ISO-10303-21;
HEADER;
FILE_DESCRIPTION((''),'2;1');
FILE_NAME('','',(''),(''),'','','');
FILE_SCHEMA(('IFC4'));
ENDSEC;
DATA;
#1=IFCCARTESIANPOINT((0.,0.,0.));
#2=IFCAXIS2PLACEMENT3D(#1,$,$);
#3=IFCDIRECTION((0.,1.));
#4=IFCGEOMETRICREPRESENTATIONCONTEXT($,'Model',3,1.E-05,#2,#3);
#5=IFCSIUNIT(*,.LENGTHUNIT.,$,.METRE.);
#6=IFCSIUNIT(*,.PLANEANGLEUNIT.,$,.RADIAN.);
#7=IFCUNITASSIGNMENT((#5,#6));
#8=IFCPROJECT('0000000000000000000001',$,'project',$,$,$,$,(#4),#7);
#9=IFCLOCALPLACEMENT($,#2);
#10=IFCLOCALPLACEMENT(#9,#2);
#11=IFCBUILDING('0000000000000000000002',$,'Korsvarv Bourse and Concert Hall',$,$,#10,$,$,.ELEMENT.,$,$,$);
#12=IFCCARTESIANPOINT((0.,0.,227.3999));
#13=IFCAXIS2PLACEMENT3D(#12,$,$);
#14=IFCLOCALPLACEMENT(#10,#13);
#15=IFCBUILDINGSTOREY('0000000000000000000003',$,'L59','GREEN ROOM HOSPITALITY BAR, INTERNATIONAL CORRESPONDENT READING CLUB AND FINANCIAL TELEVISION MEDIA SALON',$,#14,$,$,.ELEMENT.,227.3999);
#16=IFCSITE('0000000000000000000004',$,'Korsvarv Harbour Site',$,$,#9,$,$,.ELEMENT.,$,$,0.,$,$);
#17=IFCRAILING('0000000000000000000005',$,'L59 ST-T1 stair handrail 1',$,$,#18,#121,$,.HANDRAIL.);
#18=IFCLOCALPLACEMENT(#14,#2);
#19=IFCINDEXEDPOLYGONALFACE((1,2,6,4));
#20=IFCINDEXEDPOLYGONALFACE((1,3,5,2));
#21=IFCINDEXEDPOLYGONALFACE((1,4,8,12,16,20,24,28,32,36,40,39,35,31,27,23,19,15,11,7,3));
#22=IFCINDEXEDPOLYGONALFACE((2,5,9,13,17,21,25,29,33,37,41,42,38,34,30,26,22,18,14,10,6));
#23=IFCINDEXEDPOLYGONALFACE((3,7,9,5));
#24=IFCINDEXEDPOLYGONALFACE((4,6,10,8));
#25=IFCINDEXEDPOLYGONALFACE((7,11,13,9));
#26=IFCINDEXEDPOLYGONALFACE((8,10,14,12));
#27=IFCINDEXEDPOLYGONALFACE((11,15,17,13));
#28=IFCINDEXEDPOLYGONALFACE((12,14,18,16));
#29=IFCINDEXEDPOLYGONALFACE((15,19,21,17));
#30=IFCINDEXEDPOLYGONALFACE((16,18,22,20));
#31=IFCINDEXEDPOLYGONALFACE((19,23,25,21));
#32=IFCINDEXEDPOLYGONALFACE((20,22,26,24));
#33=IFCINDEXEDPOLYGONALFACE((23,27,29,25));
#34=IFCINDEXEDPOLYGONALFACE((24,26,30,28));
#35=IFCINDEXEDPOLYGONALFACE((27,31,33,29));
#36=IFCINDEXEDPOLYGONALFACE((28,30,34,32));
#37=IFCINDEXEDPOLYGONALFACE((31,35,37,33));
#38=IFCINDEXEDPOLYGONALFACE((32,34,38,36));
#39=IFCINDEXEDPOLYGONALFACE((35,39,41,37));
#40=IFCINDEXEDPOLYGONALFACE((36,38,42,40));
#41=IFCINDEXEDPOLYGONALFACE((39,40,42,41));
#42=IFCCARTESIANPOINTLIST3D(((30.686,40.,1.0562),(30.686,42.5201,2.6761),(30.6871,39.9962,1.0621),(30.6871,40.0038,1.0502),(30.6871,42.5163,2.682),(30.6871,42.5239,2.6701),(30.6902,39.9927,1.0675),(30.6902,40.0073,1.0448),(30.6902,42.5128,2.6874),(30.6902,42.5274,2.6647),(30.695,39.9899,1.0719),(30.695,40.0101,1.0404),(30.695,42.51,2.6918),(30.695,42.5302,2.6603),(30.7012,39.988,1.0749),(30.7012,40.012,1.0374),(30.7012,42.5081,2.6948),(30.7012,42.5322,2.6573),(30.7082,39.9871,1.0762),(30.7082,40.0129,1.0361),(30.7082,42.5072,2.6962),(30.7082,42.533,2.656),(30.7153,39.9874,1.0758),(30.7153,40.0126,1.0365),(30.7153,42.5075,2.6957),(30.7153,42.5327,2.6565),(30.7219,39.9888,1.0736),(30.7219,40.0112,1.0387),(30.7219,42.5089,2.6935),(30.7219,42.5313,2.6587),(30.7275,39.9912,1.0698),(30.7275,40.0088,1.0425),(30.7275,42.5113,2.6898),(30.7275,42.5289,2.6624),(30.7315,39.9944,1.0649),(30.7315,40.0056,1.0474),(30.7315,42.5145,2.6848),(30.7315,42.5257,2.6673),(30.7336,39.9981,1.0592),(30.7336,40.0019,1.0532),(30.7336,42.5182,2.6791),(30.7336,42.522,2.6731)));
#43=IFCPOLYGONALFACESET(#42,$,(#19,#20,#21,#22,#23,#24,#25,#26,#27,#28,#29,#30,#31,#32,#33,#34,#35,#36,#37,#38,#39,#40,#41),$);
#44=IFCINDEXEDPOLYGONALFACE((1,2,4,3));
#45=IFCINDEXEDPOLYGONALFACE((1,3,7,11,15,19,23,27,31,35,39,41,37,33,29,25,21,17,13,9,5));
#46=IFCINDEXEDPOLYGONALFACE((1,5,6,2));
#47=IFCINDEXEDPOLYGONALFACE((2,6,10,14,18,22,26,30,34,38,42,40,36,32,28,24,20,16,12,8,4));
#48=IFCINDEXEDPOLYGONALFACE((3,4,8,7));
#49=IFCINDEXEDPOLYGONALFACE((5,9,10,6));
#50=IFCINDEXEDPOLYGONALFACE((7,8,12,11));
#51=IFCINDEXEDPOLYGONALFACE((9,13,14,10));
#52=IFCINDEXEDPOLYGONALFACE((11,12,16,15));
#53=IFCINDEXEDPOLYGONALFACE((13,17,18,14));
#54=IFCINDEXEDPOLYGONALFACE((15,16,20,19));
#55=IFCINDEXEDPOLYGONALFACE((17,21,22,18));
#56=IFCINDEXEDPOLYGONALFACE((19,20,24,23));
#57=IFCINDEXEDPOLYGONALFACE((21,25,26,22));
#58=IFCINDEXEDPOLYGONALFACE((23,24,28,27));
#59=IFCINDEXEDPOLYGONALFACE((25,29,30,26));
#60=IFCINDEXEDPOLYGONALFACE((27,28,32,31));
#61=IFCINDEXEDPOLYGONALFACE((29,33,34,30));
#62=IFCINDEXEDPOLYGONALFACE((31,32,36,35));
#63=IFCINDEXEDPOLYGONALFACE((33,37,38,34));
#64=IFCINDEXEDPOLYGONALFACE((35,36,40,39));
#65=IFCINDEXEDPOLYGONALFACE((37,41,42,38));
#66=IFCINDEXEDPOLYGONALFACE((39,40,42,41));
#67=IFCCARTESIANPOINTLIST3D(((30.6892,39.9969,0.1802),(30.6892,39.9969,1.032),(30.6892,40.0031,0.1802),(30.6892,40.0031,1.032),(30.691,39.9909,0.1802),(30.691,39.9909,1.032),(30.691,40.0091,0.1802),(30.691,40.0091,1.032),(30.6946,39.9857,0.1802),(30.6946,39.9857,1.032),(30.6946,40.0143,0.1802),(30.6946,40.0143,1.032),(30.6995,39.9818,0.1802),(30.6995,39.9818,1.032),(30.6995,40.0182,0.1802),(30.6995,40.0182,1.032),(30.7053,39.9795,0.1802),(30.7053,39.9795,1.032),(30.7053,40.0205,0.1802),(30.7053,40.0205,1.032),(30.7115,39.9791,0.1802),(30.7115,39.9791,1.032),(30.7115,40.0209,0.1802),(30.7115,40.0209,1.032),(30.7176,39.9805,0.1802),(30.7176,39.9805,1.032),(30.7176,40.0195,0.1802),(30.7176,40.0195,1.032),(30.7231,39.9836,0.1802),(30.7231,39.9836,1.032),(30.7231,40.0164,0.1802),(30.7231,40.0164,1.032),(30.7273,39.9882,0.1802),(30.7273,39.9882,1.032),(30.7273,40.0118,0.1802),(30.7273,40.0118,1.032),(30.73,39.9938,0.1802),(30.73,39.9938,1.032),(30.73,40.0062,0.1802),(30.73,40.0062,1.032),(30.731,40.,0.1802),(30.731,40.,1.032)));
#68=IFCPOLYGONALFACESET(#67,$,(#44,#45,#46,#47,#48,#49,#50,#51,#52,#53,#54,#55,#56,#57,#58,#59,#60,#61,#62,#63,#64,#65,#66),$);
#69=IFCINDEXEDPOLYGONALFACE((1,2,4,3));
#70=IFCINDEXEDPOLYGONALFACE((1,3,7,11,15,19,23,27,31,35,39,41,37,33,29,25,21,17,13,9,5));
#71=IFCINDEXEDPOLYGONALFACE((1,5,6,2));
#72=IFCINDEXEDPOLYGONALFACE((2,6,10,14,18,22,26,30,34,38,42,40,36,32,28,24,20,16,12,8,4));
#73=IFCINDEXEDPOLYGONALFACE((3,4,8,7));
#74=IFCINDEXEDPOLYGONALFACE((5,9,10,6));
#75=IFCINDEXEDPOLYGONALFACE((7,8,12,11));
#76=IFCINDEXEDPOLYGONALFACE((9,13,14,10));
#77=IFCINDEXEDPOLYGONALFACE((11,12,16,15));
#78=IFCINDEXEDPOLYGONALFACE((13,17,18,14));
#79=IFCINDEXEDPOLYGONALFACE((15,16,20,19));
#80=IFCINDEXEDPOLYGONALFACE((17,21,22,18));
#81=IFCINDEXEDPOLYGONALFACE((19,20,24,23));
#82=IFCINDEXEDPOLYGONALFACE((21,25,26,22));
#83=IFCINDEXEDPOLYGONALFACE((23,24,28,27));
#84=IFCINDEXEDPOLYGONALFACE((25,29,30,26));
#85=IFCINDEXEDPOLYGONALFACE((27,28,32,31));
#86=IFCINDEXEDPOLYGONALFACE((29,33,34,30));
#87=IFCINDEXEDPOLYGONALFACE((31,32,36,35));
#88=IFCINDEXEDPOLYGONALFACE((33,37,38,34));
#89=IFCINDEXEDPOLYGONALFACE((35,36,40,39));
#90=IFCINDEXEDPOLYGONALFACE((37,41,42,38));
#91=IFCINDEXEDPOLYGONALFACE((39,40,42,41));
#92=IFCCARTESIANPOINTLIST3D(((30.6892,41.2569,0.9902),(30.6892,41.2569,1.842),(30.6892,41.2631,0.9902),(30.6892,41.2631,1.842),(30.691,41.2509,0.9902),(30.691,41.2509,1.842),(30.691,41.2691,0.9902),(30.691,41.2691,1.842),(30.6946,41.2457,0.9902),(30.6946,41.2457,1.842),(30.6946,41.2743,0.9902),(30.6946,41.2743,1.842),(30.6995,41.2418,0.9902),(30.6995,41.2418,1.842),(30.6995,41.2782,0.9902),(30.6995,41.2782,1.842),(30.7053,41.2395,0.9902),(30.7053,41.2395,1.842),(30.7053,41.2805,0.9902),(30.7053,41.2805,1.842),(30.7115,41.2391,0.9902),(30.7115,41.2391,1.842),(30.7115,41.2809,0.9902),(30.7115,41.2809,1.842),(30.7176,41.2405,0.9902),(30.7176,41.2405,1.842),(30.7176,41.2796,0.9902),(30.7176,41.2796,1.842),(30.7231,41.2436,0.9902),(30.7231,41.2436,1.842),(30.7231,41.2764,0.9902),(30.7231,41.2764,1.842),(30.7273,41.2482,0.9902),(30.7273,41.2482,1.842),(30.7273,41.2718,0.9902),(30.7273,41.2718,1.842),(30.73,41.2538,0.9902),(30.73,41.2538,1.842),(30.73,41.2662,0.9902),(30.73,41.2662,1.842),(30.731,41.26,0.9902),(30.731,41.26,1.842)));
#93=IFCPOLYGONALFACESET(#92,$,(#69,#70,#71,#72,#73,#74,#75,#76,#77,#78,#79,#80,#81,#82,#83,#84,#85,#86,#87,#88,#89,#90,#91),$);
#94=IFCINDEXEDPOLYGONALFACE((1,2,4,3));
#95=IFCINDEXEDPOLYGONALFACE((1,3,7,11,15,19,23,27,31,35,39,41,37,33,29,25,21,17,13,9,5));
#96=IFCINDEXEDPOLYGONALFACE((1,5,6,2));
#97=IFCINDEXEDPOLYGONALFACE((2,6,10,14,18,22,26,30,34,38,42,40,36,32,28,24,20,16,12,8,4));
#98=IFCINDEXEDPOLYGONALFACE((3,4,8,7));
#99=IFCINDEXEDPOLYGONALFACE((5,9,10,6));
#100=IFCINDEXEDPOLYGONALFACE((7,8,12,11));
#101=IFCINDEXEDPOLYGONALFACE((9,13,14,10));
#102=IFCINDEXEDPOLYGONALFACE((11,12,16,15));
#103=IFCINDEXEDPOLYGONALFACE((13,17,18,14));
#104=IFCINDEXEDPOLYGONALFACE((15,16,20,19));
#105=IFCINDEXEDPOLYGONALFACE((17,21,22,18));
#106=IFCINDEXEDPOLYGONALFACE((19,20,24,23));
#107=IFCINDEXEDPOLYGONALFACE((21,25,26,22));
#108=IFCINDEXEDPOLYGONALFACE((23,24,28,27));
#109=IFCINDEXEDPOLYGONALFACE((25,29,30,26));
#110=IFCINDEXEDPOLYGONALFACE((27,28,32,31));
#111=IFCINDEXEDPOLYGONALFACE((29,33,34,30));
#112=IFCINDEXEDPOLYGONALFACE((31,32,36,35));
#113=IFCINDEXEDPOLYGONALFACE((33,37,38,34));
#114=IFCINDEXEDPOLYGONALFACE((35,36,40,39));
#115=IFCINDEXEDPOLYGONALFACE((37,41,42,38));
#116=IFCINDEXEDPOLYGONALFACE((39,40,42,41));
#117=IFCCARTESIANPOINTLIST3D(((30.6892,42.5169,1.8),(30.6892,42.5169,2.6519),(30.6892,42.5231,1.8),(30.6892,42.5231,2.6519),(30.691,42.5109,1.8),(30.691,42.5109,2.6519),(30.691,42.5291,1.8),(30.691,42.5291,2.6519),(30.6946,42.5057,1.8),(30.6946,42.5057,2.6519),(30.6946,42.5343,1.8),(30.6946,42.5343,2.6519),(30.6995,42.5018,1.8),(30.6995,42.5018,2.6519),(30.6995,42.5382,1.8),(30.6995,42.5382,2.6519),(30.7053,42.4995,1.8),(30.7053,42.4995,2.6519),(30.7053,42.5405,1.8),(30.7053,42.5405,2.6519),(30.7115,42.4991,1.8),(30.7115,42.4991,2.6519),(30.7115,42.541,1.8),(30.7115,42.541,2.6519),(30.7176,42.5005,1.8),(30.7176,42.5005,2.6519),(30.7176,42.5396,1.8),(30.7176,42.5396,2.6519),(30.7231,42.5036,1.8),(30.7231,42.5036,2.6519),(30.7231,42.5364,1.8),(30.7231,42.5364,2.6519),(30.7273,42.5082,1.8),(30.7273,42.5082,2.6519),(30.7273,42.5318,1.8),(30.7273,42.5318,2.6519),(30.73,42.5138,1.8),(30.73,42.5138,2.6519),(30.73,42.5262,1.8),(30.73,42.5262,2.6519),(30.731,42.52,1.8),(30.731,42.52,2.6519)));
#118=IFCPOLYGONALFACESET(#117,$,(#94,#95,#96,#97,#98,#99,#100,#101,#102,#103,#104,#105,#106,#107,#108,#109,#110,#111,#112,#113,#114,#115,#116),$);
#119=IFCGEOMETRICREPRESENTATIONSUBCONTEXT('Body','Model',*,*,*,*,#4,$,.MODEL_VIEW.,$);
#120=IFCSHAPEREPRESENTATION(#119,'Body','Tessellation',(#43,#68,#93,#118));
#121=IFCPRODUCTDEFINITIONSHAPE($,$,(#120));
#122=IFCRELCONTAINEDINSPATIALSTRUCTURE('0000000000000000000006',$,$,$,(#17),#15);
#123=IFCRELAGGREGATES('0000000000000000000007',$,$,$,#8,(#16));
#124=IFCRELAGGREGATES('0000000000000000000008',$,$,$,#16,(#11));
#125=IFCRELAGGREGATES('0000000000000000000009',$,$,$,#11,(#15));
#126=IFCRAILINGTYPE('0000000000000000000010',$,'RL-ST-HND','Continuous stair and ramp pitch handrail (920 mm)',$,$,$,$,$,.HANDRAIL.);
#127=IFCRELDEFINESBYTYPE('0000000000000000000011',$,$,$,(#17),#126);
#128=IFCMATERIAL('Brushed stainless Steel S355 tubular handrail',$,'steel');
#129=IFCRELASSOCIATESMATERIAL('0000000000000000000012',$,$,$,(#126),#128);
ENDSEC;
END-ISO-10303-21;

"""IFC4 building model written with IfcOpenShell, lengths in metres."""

from ifc_helpers import new_model, si_unit, direction, frame, origin, origin_2d, place, context, subcontext, project, spatial, circle, extrude, material, type_object, element, save


model = new_model("IFC4")

# Units and contexts
model_context = context("Model", 3, precision=1e-05, world=origin(), true_north=direction((0.0, 1.0)))
body_context = subcontext(model_context, "Body", "Model", "MODEL_VIEW")
ifc_project = project(units=[si_unit("LENGTHUNIT", "METRE"), si_unit("PLANEANGLEUNIT", "RADIAN")], contexts=[model_context])

# Site, building, storey
site_placement = place(None, origin())
site = spatial("IfcSite", under=ifc_project, at=site_placement, Name="Korsvarv Harbour Site", CompositionType="ELEMENT", RefElevation=0.0)
building_placement = place(site_placement, origin())
building = spatial("IfcBuilding", under=site, at=building_placement, Name="Korsvarv Bourse and Concert Hall", CompositionType="ELEMENT")
storey_placement = place(building_placement, frame((0.0, 0.0, 227.3999)))
storey = spatial("IfcBuildingStorey", under=building, at=storey_placement, Name="L59", Description="GREEN ROOM HOSPITALITY BAR, INTERNATIONAL CORRESPONDENT READING CLUB AND FINANCIAL TELEVISION MEDIA SALON", CompositionType="ELEMENT", Elevation=227.3999)

# Railing
ifc_material_1 = material(Name="Brushed stainless Steel S355 tubular handrail", Category="steel")
railing_type_1 = type_object("IfcRailingType", Name="RL-ST-HND", Description="Continuous stair and ramp pitch handrail (920 mm)", PredefinedType="HANDRAIL", material=ifc_material_1)
railing_1_placement = place(storey_placement, frame((30.71, 40.0, 0.1802)))
element("IfcRailing", 1, at=railing_1_placement, inside=storey, type_object=railing_type_1, Name="L59 ST-T1 stair handrail 1", PredefinedType="HANDRAIL", context=body_context, shape_type="SweptSolid", body=[
    extrude(circle(Radius=0.0239, at=origin_2d()), frame((0.0, 0.0, 0.876), z_axis=(0.0, 0.8412, 0.540725), x_axis=(-1.0, 0.0, 0.0)), (0.0, 0.0, 1.0), 2.9958),
    extrude(circle(Radius=0.021, at=origin_2d()), origin(), (0.0, 0.0, 1.0), 0.8518),
    extrude(circle(Radius=0.021, at=origin_2d()), frame((0.0, 1.26, 0.8101)), (0.0, 0.0, 1.0), 0.8518),
    extrude(circle(Radius=0.021, at=origin_2d()), frame((0.0, 2.52, 1.6199)), (0.0, 0.0, 1.0), 0.8518),
])

save(model, "model.ifc")
